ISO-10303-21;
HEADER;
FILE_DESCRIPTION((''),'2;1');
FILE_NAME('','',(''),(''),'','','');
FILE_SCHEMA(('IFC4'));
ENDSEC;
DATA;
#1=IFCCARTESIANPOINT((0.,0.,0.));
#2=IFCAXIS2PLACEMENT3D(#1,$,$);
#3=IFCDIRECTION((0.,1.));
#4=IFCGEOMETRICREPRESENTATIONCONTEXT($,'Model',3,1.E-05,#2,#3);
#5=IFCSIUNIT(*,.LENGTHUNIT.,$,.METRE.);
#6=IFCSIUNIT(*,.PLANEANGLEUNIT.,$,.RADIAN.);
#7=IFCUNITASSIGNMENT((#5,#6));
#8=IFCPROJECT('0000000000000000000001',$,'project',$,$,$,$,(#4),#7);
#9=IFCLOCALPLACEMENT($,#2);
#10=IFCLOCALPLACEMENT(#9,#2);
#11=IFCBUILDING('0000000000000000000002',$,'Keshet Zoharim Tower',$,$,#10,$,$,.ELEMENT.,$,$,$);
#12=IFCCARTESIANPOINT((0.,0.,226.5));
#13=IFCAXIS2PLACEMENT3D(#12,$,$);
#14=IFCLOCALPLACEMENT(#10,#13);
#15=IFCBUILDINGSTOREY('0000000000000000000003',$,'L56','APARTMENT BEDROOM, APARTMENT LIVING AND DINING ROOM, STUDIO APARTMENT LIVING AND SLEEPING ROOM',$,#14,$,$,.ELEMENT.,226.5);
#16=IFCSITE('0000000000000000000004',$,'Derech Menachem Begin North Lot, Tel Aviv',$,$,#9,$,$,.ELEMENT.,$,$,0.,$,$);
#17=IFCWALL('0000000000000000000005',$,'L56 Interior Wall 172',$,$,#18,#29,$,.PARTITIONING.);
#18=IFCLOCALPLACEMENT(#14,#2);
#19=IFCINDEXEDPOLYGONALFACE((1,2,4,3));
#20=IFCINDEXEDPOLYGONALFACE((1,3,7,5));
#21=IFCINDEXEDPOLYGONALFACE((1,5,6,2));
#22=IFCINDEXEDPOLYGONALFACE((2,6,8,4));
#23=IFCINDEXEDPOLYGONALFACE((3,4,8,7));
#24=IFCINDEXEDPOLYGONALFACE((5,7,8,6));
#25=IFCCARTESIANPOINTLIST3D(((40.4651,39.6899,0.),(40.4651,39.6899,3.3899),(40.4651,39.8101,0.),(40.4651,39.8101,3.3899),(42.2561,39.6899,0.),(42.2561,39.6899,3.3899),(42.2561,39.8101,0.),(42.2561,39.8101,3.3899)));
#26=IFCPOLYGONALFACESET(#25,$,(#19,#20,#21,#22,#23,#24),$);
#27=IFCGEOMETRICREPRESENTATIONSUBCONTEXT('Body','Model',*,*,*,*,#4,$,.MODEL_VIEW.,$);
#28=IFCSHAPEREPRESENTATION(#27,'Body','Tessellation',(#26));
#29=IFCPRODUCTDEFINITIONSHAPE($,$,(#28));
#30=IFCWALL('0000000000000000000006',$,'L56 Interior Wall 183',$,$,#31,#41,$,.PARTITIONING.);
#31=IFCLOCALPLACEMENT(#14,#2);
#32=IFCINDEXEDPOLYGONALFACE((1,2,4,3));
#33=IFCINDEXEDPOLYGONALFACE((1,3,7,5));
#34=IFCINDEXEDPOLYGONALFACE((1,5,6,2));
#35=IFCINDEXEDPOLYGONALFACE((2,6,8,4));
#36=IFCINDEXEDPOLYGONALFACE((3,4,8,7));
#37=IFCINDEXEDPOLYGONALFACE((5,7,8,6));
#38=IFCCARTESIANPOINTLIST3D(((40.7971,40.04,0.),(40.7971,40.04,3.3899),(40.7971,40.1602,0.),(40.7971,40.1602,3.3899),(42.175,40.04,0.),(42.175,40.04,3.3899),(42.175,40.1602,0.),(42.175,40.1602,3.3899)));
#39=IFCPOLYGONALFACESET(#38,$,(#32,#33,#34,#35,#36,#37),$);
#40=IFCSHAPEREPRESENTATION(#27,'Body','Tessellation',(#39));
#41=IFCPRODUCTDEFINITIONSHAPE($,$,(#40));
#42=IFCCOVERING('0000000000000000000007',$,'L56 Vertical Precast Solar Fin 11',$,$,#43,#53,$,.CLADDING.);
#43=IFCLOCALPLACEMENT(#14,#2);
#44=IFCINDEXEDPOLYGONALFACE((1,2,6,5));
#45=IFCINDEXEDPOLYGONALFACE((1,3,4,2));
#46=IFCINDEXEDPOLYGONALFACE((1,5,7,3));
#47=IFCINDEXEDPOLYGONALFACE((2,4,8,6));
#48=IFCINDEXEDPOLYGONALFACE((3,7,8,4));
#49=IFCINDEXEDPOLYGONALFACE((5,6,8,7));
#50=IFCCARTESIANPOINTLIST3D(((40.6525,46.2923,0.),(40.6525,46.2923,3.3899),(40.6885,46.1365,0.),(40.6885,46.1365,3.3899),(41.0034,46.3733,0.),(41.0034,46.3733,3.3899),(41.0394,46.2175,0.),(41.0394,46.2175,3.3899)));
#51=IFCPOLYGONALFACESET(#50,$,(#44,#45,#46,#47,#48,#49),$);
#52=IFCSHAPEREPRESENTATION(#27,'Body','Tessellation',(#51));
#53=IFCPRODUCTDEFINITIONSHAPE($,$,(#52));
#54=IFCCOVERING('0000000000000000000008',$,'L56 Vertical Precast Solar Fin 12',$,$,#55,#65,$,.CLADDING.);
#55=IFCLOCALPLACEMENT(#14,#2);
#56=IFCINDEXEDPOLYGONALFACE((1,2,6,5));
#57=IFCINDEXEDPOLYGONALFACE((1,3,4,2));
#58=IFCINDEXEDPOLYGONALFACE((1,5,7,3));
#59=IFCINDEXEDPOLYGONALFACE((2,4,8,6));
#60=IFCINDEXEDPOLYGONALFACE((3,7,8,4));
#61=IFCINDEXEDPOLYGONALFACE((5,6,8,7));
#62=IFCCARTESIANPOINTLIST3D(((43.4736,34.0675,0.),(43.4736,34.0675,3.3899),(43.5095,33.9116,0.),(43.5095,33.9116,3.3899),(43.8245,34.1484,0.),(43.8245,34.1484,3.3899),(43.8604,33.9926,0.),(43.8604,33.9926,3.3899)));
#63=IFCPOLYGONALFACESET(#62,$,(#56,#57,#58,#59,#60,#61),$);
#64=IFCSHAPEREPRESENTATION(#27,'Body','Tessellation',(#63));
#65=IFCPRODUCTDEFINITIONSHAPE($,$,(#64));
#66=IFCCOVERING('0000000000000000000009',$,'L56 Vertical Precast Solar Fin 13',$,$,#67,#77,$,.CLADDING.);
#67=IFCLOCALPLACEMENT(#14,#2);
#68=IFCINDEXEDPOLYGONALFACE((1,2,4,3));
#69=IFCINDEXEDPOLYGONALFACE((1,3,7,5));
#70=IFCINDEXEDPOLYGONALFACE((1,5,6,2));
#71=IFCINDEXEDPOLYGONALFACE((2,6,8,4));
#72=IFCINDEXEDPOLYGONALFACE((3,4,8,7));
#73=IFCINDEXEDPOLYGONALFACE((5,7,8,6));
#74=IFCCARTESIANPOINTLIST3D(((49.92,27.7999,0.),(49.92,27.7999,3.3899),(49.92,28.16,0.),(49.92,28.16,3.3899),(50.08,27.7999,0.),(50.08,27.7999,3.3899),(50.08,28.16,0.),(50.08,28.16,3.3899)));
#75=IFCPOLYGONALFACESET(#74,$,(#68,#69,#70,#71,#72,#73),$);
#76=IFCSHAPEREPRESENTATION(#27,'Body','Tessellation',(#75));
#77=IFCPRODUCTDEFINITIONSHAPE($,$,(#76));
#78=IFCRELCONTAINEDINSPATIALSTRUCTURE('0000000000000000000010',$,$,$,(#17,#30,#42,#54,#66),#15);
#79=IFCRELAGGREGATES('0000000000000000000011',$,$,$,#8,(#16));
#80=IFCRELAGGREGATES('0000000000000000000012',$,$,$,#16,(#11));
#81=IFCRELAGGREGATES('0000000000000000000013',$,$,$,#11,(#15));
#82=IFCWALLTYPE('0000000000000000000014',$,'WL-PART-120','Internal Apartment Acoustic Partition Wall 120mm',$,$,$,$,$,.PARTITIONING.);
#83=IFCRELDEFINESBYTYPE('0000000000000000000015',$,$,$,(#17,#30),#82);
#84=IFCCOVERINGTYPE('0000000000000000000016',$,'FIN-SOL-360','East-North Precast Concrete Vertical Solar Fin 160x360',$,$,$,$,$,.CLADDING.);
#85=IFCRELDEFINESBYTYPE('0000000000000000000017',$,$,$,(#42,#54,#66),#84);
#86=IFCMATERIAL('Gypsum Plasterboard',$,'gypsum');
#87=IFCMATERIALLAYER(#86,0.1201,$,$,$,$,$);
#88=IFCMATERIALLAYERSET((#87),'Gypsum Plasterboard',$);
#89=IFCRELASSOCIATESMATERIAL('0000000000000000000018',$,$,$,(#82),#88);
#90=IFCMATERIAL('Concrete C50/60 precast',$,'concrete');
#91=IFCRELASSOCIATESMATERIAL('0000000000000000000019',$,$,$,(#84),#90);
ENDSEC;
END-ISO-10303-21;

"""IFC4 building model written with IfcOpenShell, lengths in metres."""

from ifc_helpers import new_model, si_unit, direction, frame, frame_2d, origin, origin_2d, place, context, subcontext, project, spatial, rectangle, extrude, material, layer, layer_set, type_object, element, save


model = new_model("IFC4")

# Units and contexts
model_context = context("Model", 3, precision=1e-05, world=origin(), true_north=direction((0.0, 1.0)))
body_context = subcontext(model_context, "Body", "Model", "MODEL_VIEW")
ifc_project = project(units=[si_unit("LENGTHUNIT", "METRE"), si_unit("PLANEANGLEUNIT", "RADIAN")], contexts=[model_context])

# Site, building, storey
site_placement = place(None, origin())
site = spatial("IfcSite", under=ifc_project, at=site_placement, Name="Derech Menachem Begin North Lot, Tel Aviv", CompositionType="ELEMENT", RefElevation=0.0)
building_placement = place(site_placement, origin())
building = spatial("IfcBuilding", under=site, at=building_placement, Name="Keshet Zoharim Tower", CompositionType="ELEMENT")
storey_placement = place(building_placement, frame((0.0, 0.0, 226.5)))
storey = spatial("IfcBuildingStorey", under=building, at=storey_placement, Name="L56", Description="APARTMENT BEDROOM, APARTMENT LIVING AND DINING ROOM, STUDIO APARTMENT LIVING AND SLEEPING ROOM", CompositionType="ELEMENT", Elevation=226.5)

# Walls
ifc_material_1 = material(Name="Gypsum Plasterboard", Category="gypsum")
ifc_layer_1 = layer(ifc_material_1, 0.1201)
ifc_layer_set_1 = layer_set([ifc_layer_1], Name="Gypsum Plasterboard")
wall_type = type_object("IfcWallType", Name="WL-PART-120", Description="Internal Apartment Acoustic Partition Wall 120mm", PredefinedType="PARTITIONING", material=ifc_layer_set_1)
wall_1_placement = place(storey_placement, frame((40.4651, 39.75, 0.0), z_axis=(0.0, 0.0, 1.0), x_axis=(1.0, 0.0, 0.0)))
element("IfcWall", 1, at=wall_1_placement, inside=storey, type_object=wall_type, Name="L56 Interior Wall 172", PredefinedType="PARTITIONING", context=body_context, shape_type="SweptSolid", body=[
    extrude(rectangle(XDim=1.791, YDim=0.1201, at=frame_2d((0.8955, 0.0))), origin(), (0.0, 0.0, 1.0), 3.3899),
])
wall_2_placement = place(storey_placement, frame((40.7971, 40.1001, 0.0), z_axis=(0.0, 0.0, 1.0), x_axis=(1.0, 0.0, 0.0)))
element("IfcWall", 2, at=wall_2_placement, inside=storey, type_object=wall_type, Name="L56 Interior Wall 183", PredefinedType="PARTITIONING", context=body_context, shape_type="SweptSolid", body=[
    extrude(rectangle(XDim=1.3779, YDim=0.1201, at=frame_2d((0.689, 0.0))), origin(), (0.0, 0.0, 1.0), 3.3899),
])

# Coverings
ifc_material_2 = material(Name="Concrete C50/60 precast", Category="concrete")
covering_type = type_object("IfcCoveringType", Name="FIN-SOL-360", Description="East-North Precast Concrete Vertical Solar Fin 160x360", PredefinedType="CLADDING", material=ifc_material_2)
for number, where, z_axis, x_axis, name in (
    (3, (40.8459, 46.2549, 0.0), (0.0, 0.0, 1.0), (0.224848, -0.974394, 0.0), "L56 Vertical Precast Solar Fin 11"),
    (4, (43.667, 34.03, 0.0), (0.0, 0.0, 1.0), (0.224848, -0.974394, 0.0), "L56 Vertical Precast Solar Fin 12"),
    (5, (50.0, 27.98, 0.0), (0.0, 0.0, 1.0), (1.0, 0.0, 0.0), "L56 Vertical Precast Solar Fin 13"),
):
    element("IfcCovering", number, at=place(storey_placement, frame(where, z_axis=z_axis, x_axis=x_axis)), inside=storey, type_object=covering_type, Name=name, PredefinedType="CLADDING", context=body_context, shape_type="SweptSolid", body=[
        extrude(rectangle(XDim=0.1599, YDim=0.3601, at=origin_2d()), origin(), (0.0, 0.0, 1.0), 3.3899),
    ])

save(model, "model.ifc")
